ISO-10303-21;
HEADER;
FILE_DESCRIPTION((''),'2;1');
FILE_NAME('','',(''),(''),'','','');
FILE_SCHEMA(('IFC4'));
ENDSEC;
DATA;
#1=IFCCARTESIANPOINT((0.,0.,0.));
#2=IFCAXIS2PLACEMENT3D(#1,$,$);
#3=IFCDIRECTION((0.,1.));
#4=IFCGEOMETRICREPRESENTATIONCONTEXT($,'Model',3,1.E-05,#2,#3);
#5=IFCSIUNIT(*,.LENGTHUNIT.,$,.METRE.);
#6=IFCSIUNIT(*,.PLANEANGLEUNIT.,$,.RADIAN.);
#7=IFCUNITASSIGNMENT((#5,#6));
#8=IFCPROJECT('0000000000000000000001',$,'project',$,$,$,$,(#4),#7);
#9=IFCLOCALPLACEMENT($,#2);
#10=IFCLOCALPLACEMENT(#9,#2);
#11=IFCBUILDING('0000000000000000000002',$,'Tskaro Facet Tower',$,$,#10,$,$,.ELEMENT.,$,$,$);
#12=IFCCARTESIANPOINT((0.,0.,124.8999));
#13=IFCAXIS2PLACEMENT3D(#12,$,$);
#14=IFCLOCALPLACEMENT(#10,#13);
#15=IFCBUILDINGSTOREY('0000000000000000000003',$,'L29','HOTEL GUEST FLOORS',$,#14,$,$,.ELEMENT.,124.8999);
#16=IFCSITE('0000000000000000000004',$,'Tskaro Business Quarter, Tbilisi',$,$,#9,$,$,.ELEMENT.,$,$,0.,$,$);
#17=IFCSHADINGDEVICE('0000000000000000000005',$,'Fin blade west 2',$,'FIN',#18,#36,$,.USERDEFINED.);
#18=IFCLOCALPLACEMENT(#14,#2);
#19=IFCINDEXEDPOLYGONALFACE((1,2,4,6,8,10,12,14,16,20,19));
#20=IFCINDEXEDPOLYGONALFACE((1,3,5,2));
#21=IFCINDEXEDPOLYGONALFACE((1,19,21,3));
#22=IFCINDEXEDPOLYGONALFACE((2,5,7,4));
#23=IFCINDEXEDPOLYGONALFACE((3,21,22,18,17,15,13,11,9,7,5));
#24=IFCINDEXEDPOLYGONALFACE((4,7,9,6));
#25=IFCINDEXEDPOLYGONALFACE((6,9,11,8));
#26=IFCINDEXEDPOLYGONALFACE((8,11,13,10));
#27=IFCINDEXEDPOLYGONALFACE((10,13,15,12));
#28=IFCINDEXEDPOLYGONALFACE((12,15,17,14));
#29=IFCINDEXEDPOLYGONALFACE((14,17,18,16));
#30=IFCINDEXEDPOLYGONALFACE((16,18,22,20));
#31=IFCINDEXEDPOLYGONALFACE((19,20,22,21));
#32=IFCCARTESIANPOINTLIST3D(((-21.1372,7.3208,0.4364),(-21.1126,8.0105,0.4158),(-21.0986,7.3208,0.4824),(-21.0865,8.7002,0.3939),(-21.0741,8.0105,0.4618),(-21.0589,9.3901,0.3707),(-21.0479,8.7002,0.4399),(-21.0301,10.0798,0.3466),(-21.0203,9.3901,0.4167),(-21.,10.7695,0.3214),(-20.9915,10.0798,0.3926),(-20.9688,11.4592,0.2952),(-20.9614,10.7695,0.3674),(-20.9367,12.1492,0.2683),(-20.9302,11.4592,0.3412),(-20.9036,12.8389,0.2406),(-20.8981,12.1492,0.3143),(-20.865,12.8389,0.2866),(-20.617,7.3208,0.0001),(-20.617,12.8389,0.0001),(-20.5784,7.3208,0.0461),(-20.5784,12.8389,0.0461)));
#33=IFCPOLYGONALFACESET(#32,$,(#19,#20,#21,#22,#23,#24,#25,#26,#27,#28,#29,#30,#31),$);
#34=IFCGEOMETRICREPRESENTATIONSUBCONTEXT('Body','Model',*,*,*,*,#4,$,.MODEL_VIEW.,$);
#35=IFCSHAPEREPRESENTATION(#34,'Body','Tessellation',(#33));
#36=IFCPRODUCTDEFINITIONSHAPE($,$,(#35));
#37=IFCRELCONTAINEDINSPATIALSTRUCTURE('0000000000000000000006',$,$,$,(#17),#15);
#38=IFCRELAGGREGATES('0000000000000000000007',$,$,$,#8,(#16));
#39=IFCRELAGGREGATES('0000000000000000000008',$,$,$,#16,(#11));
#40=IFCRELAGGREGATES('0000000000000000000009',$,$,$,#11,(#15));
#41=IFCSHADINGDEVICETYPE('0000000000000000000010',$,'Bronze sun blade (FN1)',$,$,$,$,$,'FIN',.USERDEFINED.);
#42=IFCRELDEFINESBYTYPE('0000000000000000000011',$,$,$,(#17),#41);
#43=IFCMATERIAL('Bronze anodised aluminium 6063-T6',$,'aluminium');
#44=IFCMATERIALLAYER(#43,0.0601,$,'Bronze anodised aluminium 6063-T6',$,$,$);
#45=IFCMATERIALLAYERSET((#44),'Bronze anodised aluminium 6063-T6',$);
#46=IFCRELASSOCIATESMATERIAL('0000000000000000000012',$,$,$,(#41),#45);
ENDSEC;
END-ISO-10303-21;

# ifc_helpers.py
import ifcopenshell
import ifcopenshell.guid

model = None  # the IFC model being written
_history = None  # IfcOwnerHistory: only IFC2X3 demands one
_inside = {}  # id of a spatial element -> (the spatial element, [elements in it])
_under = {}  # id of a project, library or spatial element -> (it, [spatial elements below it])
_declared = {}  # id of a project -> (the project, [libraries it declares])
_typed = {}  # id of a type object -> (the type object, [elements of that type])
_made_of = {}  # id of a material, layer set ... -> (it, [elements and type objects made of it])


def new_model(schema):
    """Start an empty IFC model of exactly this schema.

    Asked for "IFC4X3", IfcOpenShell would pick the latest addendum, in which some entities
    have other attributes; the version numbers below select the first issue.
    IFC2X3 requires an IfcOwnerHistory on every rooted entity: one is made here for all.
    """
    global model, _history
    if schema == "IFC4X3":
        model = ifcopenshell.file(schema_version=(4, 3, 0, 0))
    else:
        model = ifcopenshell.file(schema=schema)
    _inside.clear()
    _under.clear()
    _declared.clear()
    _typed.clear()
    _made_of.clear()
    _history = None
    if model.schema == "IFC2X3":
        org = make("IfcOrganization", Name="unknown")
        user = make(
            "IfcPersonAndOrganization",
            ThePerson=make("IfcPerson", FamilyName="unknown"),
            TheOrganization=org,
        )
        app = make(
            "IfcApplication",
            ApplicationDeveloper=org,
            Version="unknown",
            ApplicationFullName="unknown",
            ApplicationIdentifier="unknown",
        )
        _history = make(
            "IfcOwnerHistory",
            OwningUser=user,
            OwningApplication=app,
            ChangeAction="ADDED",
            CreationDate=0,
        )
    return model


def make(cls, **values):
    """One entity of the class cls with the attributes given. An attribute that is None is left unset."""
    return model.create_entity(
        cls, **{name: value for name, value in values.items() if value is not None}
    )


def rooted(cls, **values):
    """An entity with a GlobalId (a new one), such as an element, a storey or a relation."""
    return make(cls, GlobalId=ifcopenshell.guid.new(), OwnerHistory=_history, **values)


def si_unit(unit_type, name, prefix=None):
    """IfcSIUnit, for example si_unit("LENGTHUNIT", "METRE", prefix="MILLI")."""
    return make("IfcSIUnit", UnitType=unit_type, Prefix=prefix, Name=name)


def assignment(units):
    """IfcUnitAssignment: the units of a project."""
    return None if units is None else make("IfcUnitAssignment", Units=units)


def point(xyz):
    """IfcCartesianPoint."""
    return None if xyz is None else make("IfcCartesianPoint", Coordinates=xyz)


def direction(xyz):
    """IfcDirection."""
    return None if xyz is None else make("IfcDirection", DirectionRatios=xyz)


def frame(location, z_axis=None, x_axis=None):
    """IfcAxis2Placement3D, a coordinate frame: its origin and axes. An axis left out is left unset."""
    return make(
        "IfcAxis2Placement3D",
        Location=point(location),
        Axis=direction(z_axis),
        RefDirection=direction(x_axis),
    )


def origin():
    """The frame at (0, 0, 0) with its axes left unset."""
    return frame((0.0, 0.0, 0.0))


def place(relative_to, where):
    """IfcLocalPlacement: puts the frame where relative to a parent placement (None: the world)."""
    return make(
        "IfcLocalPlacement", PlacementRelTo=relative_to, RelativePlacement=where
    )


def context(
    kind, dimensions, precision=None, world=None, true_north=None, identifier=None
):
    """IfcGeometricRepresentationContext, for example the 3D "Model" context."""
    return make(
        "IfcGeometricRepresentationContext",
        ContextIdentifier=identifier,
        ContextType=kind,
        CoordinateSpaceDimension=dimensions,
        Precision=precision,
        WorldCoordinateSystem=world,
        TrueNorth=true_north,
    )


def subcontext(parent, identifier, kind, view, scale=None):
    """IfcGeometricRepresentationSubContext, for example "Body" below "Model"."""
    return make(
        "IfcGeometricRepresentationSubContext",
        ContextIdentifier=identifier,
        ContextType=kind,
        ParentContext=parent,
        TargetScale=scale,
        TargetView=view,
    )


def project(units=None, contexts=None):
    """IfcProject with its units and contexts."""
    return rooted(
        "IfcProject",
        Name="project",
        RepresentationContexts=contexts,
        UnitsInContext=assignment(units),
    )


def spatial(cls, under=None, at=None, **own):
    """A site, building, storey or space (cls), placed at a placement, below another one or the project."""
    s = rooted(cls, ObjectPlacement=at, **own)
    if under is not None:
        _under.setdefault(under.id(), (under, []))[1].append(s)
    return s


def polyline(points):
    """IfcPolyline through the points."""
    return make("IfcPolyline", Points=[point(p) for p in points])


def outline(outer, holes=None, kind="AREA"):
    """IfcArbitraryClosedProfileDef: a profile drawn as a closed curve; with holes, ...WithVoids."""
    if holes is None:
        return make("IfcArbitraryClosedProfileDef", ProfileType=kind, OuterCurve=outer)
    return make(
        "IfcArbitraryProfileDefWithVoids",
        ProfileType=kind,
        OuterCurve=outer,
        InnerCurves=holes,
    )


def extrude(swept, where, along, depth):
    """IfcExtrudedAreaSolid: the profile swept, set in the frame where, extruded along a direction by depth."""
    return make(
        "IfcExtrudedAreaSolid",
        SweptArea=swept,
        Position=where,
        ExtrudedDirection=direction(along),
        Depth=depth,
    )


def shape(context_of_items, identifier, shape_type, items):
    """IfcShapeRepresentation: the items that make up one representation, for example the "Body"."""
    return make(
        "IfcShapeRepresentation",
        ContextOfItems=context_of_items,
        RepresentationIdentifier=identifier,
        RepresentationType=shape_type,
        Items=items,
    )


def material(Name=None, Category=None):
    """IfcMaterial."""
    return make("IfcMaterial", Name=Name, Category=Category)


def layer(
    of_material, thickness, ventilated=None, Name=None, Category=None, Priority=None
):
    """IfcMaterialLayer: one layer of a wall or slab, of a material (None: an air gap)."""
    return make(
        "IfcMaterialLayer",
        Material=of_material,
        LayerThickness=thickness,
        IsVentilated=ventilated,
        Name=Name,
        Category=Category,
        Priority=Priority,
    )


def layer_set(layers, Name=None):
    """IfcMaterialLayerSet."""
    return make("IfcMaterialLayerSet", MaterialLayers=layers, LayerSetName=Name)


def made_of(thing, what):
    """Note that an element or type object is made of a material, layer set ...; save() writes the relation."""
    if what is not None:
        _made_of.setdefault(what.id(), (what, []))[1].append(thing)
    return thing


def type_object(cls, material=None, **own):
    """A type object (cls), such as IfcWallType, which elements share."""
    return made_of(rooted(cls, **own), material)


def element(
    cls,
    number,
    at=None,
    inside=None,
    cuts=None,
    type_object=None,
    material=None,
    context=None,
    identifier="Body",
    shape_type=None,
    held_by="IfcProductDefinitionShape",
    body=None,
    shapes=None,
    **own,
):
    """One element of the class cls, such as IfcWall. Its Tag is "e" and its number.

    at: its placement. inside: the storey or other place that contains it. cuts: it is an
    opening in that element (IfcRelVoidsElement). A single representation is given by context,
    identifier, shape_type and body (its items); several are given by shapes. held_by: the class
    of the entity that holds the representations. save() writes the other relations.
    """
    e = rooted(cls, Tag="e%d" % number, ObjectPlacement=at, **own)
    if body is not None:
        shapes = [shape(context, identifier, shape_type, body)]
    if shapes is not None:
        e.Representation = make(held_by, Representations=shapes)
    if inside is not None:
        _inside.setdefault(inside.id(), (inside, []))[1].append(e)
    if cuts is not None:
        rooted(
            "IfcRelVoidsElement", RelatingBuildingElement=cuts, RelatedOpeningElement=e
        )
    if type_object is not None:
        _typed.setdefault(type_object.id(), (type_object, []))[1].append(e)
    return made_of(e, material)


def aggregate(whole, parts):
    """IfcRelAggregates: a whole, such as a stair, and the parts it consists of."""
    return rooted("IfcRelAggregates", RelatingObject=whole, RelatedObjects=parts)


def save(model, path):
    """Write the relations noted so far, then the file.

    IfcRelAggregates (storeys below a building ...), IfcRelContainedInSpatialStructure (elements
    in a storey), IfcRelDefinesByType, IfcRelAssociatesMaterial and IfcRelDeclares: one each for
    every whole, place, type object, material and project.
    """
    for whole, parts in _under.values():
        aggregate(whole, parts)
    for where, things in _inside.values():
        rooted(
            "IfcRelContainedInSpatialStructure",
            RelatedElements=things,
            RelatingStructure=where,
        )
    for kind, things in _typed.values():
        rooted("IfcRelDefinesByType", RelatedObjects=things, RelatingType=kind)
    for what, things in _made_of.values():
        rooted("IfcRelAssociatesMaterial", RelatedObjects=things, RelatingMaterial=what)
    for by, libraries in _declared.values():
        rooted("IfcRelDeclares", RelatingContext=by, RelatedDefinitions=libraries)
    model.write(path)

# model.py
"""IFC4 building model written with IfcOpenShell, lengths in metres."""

from ifc_helpers import new_model, si_unit, direction, frame, origin, place, context, subcontext, project, spatial, polyline, outline, extrude, material, layer, layer_set, type_object, element, save


model = new_model("IFC4")

# Units and contexts
model_context = context("Model", 3, precision=1e-05, world=origin(), true_north=direction((0.0, 1.0)))
body_context = subcontext(model_context, "Body", "Model", "MODEL_VIEW")
ifc_project = project(units=[si_unit("LENGTHUNIT", "METRE"), si_unit("PLANEANGLEUNIT", "RADIAN")], contexts=[model_context])

# Site, building, storey
site_placement = place(None, origin())
site = spatial("IfcSite", under=ifc_project, at=site_placement, Name="Tskaro Business Quarter, Tbilisi", CompositionType="ELEMENT", RefElevation=0.0)
building_placement = place(site_placement, origin())
building = spatial("IfcBuilding", under=site, at=building_placement, Name="Tskaro Facet Tower", CompositionType="ELEMENT")
storey_placement = place(building_placement, frame((0.0, 0.0, 124.8999)))
storey = spatial("IfcBuildingStorey", under=building, at=storey_placement, Name="L29", Description="HOTEL GUEST FLOORS", CompositionType="ELEMENT", Elevation=124.8999)

# Shared definitions
ifc_material_1 = material(Name="Bronze anodised aluminium 6063-T6", Category="aluminium")

# Shading device
ifc_layer_1 = layer(ifc_material_1, 0.0601, Name="Bronze anodised aluminium 6063-T6")
ifc_layer_set_1 = layer_set([ifc_layer_1], Name="Bronze anodised aluminium 6063-T6")
shading_device_type = type_object("IfcShadingDeviceType", Name="Bronze sun blade (FN1)", ElementType="FIN", PredefinedType="USERDEFINED", material=ifc_layer_set_1)
shading_device_placement = place(storey_placement, frame((-20.5784, 12.8389, 0.0461), z_axis=(0.64262, -0.000011, 0.766185), x_axis=(-0.000007, -1.0, -0.000008)))
element("IfcShadingDevice", 1, at=shading_device_placement, inside=storey, type_object=shading_device_type, Name="Fin blade west 2", ObjectType="FIN", PredefinedType="USERDEFINED", context=body_context, shape_type="SweptSolid", body=[
    extrude(outline(polyline([(0.0, 0.0), (5.5181, 0.0), (5.5181, -0.679), (4.8284, -0.6469), (4.1387, -0.6128), (3.4487, -0.5767), (2.759, -0.5391), (2.0693, -0.5), (1.3796, -0.4592), (0.6897, -0.4173), (0.0, -0.3741), (0.0, 0.0)])), origin(), (0.0, 0.0, -1.0), 0.0601),
])

save(model, "model.ifc")
